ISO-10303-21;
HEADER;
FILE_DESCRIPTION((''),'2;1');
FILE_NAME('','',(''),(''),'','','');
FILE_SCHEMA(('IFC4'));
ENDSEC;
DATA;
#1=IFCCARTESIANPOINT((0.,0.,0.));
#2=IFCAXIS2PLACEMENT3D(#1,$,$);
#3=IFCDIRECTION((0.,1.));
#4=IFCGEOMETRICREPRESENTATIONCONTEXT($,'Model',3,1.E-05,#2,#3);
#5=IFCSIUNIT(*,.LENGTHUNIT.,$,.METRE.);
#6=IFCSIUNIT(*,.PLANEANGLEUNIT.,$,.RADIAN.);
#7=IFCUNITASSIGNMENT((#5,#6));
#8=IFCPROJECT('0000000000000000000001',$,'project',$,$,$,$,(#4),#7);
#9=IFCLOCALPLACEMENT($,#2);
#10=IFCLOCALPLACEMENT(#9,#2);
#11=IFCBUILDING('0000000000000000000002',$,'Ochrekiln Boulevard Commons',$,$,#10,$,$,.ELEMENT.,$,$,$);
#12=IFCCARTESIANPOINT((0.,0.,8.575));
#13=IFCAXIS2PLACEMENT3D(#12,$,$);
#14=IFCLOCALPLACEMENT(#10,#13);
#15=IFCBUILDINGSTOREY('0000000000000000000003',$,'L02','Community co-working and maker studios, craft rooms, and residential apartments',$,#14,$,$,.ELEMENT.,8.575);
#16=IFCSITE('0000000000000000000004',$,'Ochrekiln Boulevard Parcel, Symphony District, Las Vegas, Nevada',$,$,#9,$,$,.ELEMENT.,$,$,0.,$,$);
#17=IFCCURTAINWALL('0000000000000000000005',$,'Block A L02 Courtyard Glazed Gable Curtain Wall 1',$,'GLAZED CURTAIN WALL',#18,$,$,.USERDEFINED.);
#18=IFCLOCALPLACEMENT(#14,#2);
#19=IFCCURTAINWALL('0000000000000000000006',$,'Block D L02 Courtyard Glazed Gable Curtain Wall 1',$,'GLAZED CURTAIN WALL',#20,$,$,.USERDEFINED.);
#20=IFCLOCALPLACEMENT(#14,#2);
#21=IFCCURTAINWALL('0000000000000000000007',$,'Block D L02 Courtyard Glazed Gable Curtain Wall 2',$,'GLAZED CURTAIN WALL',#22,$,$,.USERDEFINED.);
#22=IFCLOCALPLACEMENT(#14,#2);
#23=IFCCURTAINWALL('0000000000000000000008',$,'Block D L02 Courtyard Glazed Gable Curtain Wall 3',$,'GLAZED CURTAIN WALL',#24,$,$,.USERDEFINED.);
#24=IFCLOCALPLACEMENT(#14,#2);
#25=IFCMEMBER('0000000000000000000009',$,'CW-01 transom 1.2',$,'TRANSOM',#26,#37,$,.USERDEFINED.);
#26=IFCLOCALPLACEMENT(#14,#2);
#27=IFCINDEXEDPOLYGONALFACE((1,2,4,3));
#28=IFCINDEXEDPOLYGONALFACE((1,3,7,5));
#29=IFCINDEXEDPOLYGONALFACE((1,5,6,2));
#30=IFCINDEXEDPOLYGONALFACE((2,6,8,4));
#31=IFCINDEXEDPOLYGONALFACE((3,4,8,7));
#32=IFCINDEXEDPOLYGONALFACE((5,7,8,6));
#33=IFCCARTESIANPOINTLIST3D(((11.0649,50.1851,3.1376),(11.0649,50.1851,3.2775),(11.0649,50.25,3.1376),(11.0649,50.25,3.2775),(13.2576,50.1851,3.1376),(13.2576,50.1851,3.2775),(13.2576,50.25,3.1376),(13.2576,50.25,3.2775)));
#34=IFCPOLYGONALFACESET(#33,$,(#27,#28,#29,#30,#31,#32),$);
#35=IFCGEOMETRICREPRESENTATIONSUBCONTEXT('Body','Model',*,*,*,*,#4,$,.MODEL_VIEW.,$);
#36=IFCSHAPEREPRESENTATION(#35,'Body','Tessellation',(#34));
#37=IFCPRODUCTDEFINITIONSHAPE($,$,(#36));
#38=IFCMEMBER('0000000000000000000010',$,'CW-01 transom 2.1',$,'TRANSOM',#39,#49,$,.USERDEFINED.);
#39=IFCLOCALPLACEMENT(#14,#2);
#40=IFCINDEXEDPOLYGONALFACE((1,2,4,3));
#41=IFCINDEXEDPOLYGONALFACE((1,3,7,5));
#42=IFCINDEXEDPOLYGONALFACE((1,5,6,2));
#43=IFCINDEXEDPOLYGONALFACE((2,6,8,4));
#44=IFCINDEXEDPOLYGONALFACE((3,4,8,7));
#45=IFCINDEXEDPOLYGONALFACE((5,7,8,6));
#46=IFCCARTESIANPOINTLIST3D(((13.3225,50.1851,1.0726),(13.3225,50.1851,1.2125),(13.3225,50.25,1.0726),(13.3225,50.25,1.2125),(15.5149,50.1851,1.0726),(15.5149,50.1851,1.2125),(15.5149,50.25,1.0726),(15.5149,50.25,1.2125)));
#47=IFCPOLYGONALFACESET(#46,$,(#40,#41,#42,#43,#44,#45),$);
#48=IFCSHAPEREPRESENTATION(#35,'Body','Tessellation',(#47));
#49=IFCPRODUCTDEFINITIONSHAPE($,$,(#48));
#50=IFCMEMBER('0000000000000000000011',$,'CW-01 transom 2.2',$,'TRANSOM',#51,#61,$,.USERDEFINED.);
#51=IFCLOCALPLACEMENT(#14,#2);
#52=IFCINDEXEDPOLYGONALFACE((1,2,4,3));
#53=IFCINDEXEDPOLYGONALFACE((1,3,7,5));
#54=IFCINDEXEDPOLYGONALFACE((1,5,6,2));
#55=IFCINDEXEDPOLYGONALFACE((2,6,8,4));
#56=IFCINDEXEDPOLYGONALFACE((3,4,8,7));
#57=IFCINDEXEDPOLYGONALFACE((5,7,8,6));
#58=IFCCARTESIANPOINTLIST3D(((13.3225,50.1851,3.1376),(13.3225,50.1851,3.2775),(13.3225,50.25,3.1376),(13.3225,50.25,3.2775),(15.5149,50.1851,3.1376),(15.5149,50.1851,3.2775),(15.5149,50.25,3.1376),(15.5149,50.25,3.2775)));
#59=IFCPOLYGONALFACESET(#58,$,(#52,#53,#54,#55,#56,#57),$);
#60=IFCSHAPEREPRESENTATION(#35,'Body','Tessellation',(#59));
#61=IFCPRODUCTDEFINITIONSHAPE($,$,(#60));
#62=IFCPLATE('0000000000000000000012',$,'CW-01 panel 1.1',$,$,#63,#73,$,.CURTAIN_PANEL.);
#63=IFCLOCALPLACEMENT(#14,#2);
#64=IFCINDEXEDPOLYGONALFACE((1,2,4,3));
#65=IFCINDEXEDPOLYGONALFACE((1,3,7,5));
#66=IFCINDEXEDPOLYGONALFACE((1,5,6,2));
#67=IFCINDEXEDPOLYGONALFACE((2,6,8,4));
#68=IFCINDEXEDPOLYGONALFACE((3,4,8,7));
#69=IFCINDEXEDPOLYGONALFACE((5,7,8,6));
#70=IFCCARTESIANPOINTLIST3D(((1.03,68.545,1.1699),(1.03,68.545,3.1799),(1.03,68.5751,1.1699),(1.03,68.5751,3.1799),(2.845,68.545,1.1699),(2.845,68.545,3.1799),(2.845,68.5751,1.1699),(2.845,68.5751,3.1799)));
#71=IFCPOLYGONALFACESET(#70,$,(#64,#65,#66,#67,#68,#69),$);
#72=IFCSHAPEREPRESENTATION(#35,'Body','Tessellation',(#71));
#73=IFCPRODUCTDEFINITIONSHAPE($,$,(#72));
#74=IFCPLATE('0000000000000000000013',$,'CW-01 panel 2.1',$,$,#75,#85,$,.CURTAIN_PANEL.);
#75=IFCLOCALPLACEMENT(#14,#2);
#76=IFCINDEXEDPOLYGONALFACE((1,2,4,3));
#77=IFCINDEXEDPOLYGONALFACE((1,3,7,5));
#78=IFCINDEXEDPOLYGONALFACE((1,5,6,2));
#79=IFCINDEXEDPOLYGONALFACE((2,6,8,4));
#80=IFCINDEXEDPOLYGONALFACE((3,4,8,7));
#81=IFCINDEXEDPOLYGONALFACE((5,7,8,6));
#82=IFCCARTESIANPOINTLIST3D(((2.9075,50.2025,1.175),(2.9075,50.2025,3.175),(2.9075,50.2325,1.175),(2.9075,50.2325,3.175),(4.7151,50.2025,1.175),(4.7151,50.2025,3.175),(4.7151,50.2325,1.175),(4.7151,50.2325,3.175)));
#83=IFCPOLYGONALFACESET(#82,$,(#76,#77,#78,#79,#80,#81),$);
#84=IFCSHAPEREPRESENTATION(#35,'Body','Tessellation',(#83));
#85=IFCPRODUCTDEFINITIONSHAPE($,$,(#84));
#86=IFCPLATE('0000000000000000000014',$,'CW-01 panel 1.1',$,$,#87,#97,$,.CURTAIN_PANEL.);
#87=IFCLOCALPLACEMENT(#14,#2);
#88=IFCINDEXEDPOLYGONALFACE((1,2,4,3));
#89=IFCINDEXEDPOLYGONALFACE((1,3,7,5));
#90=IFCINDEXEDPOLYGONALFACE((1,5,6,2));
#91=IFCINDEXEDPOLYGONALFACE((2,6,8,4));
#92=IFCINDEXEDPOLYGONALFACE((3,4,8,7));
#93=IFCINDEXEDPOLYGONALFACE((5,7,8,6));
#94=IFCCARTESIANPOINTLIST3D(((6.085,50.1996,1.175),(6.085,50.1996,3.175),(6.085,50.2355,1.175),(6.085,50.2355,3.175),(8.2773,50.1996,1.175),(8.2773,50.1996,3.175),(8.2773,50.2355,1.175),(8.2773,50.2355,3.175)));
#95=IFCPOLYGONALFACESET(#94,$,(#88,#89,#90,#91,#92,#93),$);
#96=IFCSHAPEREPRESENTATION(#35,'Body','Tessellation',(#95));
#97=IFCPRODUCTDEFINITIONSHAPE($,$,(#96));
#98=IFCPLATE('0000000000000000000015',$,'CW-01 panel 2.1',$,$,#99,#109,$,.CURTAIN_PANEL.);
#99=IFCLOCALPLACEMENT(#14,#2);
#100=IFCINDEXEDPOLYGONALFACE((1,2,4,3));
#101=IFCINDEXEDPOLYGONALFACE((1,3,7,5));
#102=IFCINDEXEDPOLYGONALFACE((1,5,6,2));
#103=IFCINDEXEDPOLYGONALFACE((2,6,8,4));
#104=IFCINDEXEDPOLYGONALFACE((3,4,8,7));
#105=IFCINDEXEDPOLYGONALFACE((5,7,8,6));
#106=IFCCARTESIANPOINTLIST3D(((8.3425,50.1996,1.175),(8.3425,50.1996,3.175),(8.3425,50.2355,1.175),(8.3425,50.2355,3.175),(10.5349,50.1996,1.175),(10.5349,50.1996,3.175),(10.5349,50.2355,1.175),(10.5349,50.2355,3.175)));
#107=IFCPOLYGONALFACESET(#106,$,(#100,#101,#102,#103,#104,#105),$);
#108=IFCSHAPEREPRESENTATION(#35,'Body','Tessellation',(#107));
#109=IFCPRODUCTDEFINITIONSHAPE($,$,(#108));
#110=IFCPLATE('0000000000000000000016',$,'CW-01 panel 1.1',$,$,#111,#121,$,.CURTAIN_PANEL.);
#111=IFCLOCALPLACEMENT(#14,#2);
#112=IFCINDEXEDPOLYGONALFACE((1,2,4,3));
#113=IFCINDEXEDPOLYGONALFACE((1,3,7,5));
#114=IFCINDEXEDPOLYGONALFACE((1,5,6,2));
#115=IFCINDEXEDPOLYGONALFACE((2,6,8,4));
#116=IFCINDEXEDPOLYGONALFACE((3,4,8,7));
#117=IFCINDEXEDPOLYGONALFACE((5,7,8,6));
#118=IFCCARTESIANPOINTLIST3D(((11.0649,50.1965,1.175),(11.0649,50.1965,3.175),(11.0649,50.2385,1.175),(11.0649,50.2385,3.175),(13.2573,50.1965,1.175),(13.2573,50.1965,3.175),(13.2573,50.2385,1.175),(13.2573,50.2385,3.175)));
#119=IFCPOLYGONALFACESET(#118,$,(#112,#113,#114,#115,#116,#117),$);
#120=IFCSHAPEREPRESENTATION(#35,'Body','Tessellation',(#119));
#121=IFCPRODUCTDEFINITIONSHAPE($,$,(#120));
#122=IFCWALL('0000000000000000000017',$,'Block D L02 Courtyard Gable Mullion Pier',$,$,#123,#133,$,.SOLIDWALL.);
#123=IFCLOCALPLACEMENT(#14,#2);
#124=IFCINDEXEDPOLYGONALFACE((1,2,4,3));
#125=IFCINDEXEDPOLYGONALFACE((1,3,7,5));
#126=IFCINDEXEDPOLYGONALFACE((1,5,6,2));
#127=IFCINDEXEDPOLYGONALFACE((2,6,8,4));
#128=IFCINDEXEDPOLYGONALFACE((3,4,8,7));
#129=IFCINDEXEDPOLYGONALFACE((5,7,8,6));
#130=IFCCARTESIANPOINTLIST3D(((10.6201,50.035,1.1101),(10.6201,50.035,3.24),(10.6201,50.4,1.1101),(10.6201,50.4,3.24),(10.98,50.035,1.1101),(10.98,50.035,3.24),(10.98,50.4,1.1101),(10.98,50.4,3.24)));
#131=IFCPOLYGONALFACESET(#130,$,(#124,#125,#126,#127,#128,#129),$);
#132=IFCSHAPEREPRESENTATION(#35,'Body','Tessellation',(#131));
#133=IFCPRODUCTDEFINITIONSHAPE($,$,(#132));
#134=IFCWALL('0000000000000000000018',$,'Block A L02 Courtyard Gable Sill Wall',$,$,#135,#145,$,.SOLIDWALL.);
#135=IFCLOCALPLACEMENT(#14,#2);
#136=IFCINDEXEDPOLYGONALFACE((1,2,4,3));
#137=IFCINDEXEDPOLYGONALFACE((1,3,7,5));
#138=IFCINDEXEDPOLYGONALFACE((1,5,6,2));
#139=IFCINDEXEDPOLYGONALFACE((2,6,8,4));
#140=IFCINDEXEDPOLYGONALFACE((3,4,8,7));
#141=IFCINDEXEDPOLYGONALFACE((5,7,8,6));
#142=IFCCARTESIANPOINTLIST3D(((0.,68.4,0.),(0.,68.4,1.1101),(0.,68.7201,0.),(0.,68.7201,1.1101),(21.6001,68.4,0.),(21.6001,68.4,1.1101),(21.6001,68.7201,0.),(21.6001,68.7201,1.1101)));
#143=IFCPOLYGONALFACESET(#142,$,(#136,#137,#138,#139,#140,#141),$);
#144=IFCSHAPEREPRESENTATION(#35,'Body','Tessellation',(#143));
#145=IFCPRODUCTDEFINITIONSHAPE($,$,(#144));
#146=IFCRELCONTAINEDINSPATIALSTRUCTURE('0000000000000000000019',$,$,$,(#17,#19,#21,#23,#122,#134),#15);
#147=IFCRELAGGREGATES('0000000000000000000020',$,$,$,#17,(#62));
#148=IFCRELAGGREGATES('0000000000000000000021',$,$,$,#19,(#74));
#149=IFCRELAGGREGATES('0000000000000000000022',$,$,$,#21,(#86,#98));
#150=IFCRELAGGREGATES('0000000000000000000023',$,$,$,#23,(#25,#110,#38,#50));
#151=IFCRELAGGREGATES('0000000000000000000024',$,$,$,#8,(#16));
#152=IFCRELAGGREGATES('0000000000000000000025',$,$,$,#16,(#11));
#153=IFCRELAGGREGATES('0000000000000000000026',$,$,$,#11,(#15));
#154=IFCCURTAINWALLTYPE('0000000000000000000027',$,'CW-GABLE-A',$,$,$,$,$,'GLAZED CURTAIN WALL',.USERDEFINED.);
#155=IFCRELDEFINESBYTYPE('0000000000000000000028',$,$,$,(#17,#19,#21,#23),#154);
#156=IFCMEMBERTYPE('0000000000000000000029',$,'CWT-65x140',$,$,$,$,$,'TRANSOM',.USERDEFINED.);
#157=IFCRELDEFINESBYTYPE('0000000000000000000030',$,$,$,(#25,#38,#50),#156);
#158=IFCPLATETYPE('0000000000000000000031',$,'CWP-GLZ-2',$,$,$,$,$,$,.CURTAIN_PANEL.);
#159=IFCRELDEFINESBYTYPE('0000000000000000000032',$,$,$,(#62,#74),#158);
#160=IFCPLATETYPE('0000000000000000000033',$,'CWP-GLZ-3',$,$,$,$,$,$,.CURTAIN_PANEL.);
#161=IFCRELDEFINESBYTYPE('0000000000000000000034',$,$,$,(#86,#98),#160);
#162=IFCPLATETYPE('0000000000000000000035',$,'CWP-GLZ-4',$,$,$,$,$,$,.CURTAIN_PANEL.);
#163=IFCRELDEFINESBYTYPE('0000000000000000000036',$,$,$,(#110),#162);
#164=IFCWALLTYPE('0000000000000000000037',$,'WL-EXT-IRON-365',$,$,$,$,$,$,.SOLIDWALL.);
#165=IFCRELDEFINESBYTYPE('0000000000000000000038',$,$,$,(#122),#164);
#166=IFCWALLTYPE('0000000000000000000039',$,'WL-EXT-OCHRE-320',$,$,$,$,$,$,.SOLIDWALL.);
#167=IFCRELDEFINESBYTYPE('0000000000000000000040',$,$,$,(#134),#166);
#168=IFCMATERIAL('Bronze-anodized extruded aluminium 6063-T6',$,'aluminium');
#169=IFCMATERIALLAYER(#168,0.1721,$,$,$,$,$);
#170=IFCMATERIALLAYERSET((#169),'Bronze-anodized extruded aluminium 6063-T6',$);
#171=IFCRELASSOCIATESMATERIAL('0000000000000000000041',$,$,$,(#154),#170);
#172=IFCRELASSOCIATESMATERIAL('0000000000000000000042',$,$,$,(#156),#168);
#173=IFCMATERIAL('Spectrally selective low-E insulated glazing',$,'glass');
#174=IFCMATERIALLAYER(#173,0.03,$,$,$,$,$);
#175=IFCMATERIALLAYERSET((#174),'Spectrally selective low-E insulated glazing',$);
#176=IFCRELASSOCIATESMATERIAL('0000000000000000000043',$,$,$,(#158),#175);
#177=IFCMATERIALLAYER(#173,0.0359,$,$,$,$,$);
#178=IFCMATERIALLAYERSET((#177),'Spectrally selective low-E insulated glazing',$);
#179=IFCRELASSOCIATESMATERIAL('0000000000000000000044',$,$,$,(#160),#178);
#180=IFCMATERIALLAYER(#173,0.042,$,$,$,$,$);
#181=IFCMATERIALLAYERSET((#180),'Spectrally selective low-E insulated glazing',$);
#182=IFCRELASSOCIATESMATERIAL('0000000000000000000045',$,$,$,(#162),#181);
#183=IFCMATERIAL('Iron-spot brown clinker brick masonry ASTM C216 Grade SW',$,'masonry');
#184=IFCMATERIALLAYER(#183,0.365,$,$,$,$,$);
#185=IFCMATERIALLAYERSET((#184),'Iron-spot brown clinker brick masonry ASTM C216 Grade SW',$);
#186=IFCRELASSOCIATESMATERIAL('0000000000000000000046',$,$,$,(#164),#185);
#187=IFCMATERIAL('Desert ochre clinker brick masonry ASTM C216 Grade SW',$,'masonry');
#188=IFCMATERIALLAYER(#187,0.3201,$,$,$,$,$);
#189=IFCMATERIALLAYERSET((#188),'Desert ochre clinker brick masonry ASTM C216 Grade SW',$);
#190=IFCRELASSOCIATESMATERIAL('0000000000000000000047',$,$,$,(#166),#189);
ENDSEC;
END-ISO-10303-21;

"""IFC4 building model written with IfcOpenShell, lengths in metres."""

from ifc_helpers import new_model, si_unit, direction, frame, frame_2d, origin, origin_2d, place, context, subcontext, project, spatial, rectangle, extrude, material, layer, layer_set, material_profile, profile_set, type_object, element, aggregate, save


model = new_model("IFC4")

# Units and contexts
model_context = context("Model", 3, precision=1e-05, world=origin(), true_north=direction((0.0, 1.0)))
body_context = subcontext(model_context, "Body", "Model", "MODEL_VIEW")
ifc_project = project(units=[si_unit("LENGTHUNIT", "METRE"), si_unit("PLANEANGLEUNIT", "RADIAN")], contexts=[model_context])

# Site, building, storey
site_placement = place(None, origin())
site = spatial("IfcSite", under=ifc_project, at=site_placement, Name="Ochrekiln Boulevard Parcel, Symphony District, Las Vegas, Nevada", CompositionType="ELEMENT", RefElevation=0.0)
building_placement = place(site_placement, origin())
building = spatial("IfcBuilding", under=site, at=building_placement, Name="Ochrekiln Boulevard Commons", CompositionType="ELEMENT")
storey_placement = place(building_placement, frame((0.0, 0.0, 8.575)))
storey = spatial("IfcBuildingStorey", under=building, at=storey_placement, Name="L02", Description="Community co-working and maker studios, craft rooms, and residential apartments", CompositionType="ELEMENT", Elevation=8.575)

# Curtain walls
ifc_material_1 = material(Name="Bronze-anodized extruded aluminium 6063-T6", Category="aluminium")
ifc_layer_1 = layer(ifc_material_1, 0.1721)
ifc_layer_set_1 = layer_set([ifc_layer_1], Name="Bronze-anodized extruded aluminium 6063-T6")
curtain_wall_type = type_object("IfcCurtainWallType", Name="CW-GABLE-A", ElementType="GLAZED CURTAIN WALL", PredefinedType="USERDEFINED", material=ifc_layer_set_1)
curtain_wall_1_placement = place(storey_placement, origin())
curtain_wall_1 = element("IfcCurtainWall", 1, at=curtain_wall_1_placement, inside=storey, type_object=curtain_wall_type, Name="Block A L02 Courtyard Glazed Gable Curtain Wall 1", ObjectType="GLAZED CURTAIN WALL", PredefinedType="USERDEFINED")
curtain_wall_2_placement = place(storey_placement, origin())
curtain_wall_2 = element("IfcCurtainWall", 2, at=curtain_wall_2_placement, inside=storey, type_object=curtain_wall_type, Name="Block D L02 Courtyard Glazed Gable Curtain Wall 1", ObjectType="GLAZED CURTAIN WALL", PredefinedType="USERDEFINED")

# Curtain walls
curtain_wall_3_placement = place(storey_placement, origin())
curtain_wall_3 = element("IfcCurtainWall", 3, at=curtain_wall_3_placement, inside=storey, type_object=curtain_wall_type, Name="Block D L02 Courtyard Glazed Gable Curtain Wall 2", ObjectType="GLAZED CURTAIN WALL", PredefinedType="USERDEFINED")
curtain_wall_4_placement = place(storey_placement, origin())
curtain_wall_4 = element("IfcCurtainWall", 4, at=curtain_wall_4_placement, inside=storey, type_object=curtain_wall_type, Name="Block D L02 Courtyard Glazed Gable Curtain Wall 3", ObjectType="GLAZED CURTAIN WALL", PredefinedType="USERDEFINED")

# Members
ifc_material_profile_1 = material_profile(ifc_material_1, rectangle(XDim=0.0649, YDim=0.1399, at=origin_2d()), Name="ALU-TRN-65x140")
ifc_profile_set_1 = profile_set([ifc_material_profile_1], Name="Bronze-anodized extruded aluminium 6063-T6")
member_type_1 = type_object("IfcMemberType", Name="CWT-65x140", ElementType="TRANSOM", PredefinedType="USERDEFINED", material=ifc_profile_set_1)
member_1_placement = place(storey_placement, frame((11.0649, 50.2175, 3.2075), z_axis=(1.0, 0.0, 0.0), x_axis=(0.0, 1.0, 0.0)))
member_1 = element("IfcMember", 5, at=member_1_placement, type_object=member_type_1, Name="CW-01 transom 1.2", ObjectType="TRANSOM", PredefinedType="USERDEFINED", context=body_context, shape_type="SweptSolid", body=[
    extrude(rectangle(XDim=0.0649, YDim=0.1399, at=origin_2d()), origin(), (0.0, 0.0, 1.0), 2.1926),
])
member_2_placement = place(storey_placement, frame((13.3225, 50.2175, 1.1426), z_axis=(1.0, 0.0, 0.0), x_axis=(0.0, 1.0, 0.0)))
member_2 = element("IfcMember", 6, at=member_2_placement, type_object=member_type_1, Name="CW-01 transom 2.1", ObjectType="TRANSOM", PredefinedType="USERDEFINED", context=body_context, shape_type="SweptSolid", body=[
    extrude(rectangle(XDim=0.0649, YDim=0.1399, at=origin_2d()), origin(), (0.0, 0.0, 1.0), 2.1924),
])
member_3_placement = place(storey_placement, frame((13.3225, 50.2175, 3.2075), z_axis=(1.0, 0.0, 0.0), x_axis=(0.0, 1.0, 0.0)))
member_3 = element("IfcMember", 7, at=member_3_placement, type_object=member_type_1, Name="CW-01 transom 2.2", ObjectType="TRANSOM", PredefinedType="USERDEFINED", context=body_context, shape_type="SweptSolid", body=[
    extrude(rectangle(XDim=0.0649, YDim=0.1399, at=origin_2d()), origin(), (0.0, 0.0, 1.0), 2.1924),
])

# Plates
ifc_material_2 = material(Name="Spectrally selective low-E insulated glazing", Category="glass")
ifc_layer_2 = layer(ifc_material_2, 0.03)
ifc_layer_set_2 = layer_set([ifc_layer_2], Name="Spectrally selective low-E insulated glazing")
plate_type_1 = type_object("IfcPlateType", Name="CWP-GLZ-2", PredefinedType="CURTAIN_PANEL", material=ifc_layer_set_2)
plate_1_placement = place(storey_placement, frame((1.9375, 68.5601, 1.1699), z_axis=(0.0, 0.0, 1.0), x_axis=(1.0, 0.0, 0.0)))
plate_1 = element("IfcPlate", 8, at=plate_1_placement, type_object=plate_type_1, Name="CW-01 panel 1.1", PredefinedType="CURTAIN_PANEL", context=body_context, shape_type="SweptSolid", body=[
    extrude(rectangle(XDim=1.8149, YDim=0.03, at=origin_2d()), origin(), (0.0, 0.0, 1.0), 2.01),
])
aggregate(curtain_wall_1, [plate_1])
plate_2_placement = place(storey_placement, frame((3.8113, 50.2175, 1.175), z_axis=(0.0, 0.0, 1.0), x_axis=(1.0, 0.0, 0.0)))
plate_2 = element("IfcPlate", 9, at=plate_2_placement, type_object=plate_type_1, Name="CW-01 panel 2.1", PredefinedType="CURTAIN_PANEL", context=body_context, shape_type="SweptSolid", body=[
    extrude(rectangle(XDim=1.8076, YDim=0.03, at=origin_2d()), origin(), (0.0, 0.0, 1.0), 2.0),
])
aggregate(curtain_wall_2, [plate_2])
ifc_layer_3 = layer(ifc_material_2, 0.0359)
ifc_layer_set_3 = layer_set([ifc_layer_3], Name="Spectrally selective low-E insulated glazing")
plate_type_2 = type_object("IfcPlateType", Name="CWP-GLZ-3", PredefinedType="CURTAIN_PANEL", material=ifc_layer_set_3)
plate_3_placement = place(storey_placement, frame((7.1812, 50.2175, 1.175), z_axis=(0.0, 0.0, 1.0), x_axis=(1.0, 0.0, 0.0)))
plate_3 = element("IfcPlate", 10, at=plate_3_placement, type_object=plate_type_2, Name="CW-01 panel 1.1", PredefinedType="CURTAIN_PANEL", context=body_context, shape_type="SweptSolid", body=[
    extrude(rectangle(XDim=2.1924, YDim=0.0359, at=origin_2d()), origin(), (0.0, 0.0, 1.0), 2.0),
])
plate_4_placement = place(storey_placement, frame((9.4387, 50.2175, 1.175), z_axis=(0.0, 0.0, 1.0), x_axis=(1.0, 0.0, 0.0)))
plate_4 = element("IfcPlate", 11, at=plate_4_placement, type_object=plate_type_2, Name="CW-01 panel 2.1", PredefinedType="CURTAIN_PANEL", context=body_context, shape_type="SweptSolid", body=[
    extrude(rectangle(XDim=2.1924, YDim=0.0359, at=origin_2d()), origin(), (0.0, 0.0, 1.0), 2.0),
])
aggregate(curtain_wall_3, [plate_3, plate_4])
ifc_layer_4 = layer(ifc_material_2, 0.042)
ifc_layer_set_4 = layer_set([ifc_layer_4], Name="Spectrally selective low-E insulated glazing")
plate_type_3 = type_object("IfcPlateType", Name="CWP-GLZ-4", PredefinedType="CURTAIN_PANEL", material=ifc_layer_set_4)
plate_5_placement = place(storey_placement, frame((12.1611, 50.2175, 1.175), z_axis=(0.0, 0.0, 1.0), x_axis=(1.0, 0.0, 0.0)))
plate_5 = element("IfcPlate", 12, at=plate_5_placement, type_object=plate_type_3, Name="CW-01 panel 1.1", PredefinedType="CURTAIN_PANEL", context=body_context, shape_type="SweptSolid", body=[
    extrude(rectangle(XDim=2.1924, YDim=0.042, at=origin_2d()), origin(), (0.0, 0.0, 1.0), 2.0),
])
aggregate(curtain_wall_4, [member_1, plate_5, member_2, member_3])

# Walls
ifc_material_3 = material(Name="Iron-spot brown clinker brick masonry ASTM C216 Grade SW", Category="masonry")
ifc_layer_5 = layer(ifc_material_3, 0.365)
ifc_layer_set_5 = layer_set([ifc_layer_5], Name="Iron-spot brown clinker brick masonry ASTM C216 Grade SW")
wall_type_1 = type_object("IfcWallType", Name="WL-EXT-IRON-365", PredefinedType="SOLIDWALL", material=ifc_layer_set_5)
wall_1_placement = place(storey_placement, frame((10.6201, 50.2175, 1.1101), z_axis=(0.0, 0.0, 1.0), x_axis=(1.0, 0.0, 0.0)))
element("IfcWall", 13, at=wall_1_placement, inside=storey, type_object=wall_type_1, Name="Block D L02 Courtyard Gable Mullion Pier", PredefinedType="SOLIDWALL", context=body_context, shape_type="SweptSolid", body=[
    extrude(rectangle(XDim=0.3599, YDim=0.365, at=frame_2d((0.1799, 0.0))), origin(), (0.0, 0.0, 1.0), 2.1299),
])
ifc_material_4 = material(Name="Desert ochre clinker brick masonry ASTM C216 Grade SW", Category="masonry")
ifc_layer_6 = layer(ifc_material_4, 0.3201)
ifc_layer_set_6 = layer_set([ifc_layer_6], Name="Desert ochre clinker brick masonry ASTM C216 Grade SW")
wall_type_2 = type_object("IfcWallType", Name="WL-EXT-OCHRE-320", PredefinedType="SOLIDWALL", material=ifc_layer_set_6)
wall_2_placement = place(storey_placement, frame((0.0, 68.5601, 0.0), z_axis=(0.0, 0.0, 1.0), x_axis=(1.0, 0.0, 0.0)))
element("IfcWall", 14, at=wall_2_placement, inside=storey, type_object=wall_type_2, Name="Block A L02 Courtyard Gable Sill Wall", PredefinedType="SOLIDWALL", context=body_context, shape_type="SweptSolid", body=[
    extrude(rectangle(XDim=21.6001, YDim=0.3201, at=frame_2d((10.8, 0.0))), origin(), (0.0, 0.0, 1.0), 1.1101),
])

save(model, "model.ifc")
